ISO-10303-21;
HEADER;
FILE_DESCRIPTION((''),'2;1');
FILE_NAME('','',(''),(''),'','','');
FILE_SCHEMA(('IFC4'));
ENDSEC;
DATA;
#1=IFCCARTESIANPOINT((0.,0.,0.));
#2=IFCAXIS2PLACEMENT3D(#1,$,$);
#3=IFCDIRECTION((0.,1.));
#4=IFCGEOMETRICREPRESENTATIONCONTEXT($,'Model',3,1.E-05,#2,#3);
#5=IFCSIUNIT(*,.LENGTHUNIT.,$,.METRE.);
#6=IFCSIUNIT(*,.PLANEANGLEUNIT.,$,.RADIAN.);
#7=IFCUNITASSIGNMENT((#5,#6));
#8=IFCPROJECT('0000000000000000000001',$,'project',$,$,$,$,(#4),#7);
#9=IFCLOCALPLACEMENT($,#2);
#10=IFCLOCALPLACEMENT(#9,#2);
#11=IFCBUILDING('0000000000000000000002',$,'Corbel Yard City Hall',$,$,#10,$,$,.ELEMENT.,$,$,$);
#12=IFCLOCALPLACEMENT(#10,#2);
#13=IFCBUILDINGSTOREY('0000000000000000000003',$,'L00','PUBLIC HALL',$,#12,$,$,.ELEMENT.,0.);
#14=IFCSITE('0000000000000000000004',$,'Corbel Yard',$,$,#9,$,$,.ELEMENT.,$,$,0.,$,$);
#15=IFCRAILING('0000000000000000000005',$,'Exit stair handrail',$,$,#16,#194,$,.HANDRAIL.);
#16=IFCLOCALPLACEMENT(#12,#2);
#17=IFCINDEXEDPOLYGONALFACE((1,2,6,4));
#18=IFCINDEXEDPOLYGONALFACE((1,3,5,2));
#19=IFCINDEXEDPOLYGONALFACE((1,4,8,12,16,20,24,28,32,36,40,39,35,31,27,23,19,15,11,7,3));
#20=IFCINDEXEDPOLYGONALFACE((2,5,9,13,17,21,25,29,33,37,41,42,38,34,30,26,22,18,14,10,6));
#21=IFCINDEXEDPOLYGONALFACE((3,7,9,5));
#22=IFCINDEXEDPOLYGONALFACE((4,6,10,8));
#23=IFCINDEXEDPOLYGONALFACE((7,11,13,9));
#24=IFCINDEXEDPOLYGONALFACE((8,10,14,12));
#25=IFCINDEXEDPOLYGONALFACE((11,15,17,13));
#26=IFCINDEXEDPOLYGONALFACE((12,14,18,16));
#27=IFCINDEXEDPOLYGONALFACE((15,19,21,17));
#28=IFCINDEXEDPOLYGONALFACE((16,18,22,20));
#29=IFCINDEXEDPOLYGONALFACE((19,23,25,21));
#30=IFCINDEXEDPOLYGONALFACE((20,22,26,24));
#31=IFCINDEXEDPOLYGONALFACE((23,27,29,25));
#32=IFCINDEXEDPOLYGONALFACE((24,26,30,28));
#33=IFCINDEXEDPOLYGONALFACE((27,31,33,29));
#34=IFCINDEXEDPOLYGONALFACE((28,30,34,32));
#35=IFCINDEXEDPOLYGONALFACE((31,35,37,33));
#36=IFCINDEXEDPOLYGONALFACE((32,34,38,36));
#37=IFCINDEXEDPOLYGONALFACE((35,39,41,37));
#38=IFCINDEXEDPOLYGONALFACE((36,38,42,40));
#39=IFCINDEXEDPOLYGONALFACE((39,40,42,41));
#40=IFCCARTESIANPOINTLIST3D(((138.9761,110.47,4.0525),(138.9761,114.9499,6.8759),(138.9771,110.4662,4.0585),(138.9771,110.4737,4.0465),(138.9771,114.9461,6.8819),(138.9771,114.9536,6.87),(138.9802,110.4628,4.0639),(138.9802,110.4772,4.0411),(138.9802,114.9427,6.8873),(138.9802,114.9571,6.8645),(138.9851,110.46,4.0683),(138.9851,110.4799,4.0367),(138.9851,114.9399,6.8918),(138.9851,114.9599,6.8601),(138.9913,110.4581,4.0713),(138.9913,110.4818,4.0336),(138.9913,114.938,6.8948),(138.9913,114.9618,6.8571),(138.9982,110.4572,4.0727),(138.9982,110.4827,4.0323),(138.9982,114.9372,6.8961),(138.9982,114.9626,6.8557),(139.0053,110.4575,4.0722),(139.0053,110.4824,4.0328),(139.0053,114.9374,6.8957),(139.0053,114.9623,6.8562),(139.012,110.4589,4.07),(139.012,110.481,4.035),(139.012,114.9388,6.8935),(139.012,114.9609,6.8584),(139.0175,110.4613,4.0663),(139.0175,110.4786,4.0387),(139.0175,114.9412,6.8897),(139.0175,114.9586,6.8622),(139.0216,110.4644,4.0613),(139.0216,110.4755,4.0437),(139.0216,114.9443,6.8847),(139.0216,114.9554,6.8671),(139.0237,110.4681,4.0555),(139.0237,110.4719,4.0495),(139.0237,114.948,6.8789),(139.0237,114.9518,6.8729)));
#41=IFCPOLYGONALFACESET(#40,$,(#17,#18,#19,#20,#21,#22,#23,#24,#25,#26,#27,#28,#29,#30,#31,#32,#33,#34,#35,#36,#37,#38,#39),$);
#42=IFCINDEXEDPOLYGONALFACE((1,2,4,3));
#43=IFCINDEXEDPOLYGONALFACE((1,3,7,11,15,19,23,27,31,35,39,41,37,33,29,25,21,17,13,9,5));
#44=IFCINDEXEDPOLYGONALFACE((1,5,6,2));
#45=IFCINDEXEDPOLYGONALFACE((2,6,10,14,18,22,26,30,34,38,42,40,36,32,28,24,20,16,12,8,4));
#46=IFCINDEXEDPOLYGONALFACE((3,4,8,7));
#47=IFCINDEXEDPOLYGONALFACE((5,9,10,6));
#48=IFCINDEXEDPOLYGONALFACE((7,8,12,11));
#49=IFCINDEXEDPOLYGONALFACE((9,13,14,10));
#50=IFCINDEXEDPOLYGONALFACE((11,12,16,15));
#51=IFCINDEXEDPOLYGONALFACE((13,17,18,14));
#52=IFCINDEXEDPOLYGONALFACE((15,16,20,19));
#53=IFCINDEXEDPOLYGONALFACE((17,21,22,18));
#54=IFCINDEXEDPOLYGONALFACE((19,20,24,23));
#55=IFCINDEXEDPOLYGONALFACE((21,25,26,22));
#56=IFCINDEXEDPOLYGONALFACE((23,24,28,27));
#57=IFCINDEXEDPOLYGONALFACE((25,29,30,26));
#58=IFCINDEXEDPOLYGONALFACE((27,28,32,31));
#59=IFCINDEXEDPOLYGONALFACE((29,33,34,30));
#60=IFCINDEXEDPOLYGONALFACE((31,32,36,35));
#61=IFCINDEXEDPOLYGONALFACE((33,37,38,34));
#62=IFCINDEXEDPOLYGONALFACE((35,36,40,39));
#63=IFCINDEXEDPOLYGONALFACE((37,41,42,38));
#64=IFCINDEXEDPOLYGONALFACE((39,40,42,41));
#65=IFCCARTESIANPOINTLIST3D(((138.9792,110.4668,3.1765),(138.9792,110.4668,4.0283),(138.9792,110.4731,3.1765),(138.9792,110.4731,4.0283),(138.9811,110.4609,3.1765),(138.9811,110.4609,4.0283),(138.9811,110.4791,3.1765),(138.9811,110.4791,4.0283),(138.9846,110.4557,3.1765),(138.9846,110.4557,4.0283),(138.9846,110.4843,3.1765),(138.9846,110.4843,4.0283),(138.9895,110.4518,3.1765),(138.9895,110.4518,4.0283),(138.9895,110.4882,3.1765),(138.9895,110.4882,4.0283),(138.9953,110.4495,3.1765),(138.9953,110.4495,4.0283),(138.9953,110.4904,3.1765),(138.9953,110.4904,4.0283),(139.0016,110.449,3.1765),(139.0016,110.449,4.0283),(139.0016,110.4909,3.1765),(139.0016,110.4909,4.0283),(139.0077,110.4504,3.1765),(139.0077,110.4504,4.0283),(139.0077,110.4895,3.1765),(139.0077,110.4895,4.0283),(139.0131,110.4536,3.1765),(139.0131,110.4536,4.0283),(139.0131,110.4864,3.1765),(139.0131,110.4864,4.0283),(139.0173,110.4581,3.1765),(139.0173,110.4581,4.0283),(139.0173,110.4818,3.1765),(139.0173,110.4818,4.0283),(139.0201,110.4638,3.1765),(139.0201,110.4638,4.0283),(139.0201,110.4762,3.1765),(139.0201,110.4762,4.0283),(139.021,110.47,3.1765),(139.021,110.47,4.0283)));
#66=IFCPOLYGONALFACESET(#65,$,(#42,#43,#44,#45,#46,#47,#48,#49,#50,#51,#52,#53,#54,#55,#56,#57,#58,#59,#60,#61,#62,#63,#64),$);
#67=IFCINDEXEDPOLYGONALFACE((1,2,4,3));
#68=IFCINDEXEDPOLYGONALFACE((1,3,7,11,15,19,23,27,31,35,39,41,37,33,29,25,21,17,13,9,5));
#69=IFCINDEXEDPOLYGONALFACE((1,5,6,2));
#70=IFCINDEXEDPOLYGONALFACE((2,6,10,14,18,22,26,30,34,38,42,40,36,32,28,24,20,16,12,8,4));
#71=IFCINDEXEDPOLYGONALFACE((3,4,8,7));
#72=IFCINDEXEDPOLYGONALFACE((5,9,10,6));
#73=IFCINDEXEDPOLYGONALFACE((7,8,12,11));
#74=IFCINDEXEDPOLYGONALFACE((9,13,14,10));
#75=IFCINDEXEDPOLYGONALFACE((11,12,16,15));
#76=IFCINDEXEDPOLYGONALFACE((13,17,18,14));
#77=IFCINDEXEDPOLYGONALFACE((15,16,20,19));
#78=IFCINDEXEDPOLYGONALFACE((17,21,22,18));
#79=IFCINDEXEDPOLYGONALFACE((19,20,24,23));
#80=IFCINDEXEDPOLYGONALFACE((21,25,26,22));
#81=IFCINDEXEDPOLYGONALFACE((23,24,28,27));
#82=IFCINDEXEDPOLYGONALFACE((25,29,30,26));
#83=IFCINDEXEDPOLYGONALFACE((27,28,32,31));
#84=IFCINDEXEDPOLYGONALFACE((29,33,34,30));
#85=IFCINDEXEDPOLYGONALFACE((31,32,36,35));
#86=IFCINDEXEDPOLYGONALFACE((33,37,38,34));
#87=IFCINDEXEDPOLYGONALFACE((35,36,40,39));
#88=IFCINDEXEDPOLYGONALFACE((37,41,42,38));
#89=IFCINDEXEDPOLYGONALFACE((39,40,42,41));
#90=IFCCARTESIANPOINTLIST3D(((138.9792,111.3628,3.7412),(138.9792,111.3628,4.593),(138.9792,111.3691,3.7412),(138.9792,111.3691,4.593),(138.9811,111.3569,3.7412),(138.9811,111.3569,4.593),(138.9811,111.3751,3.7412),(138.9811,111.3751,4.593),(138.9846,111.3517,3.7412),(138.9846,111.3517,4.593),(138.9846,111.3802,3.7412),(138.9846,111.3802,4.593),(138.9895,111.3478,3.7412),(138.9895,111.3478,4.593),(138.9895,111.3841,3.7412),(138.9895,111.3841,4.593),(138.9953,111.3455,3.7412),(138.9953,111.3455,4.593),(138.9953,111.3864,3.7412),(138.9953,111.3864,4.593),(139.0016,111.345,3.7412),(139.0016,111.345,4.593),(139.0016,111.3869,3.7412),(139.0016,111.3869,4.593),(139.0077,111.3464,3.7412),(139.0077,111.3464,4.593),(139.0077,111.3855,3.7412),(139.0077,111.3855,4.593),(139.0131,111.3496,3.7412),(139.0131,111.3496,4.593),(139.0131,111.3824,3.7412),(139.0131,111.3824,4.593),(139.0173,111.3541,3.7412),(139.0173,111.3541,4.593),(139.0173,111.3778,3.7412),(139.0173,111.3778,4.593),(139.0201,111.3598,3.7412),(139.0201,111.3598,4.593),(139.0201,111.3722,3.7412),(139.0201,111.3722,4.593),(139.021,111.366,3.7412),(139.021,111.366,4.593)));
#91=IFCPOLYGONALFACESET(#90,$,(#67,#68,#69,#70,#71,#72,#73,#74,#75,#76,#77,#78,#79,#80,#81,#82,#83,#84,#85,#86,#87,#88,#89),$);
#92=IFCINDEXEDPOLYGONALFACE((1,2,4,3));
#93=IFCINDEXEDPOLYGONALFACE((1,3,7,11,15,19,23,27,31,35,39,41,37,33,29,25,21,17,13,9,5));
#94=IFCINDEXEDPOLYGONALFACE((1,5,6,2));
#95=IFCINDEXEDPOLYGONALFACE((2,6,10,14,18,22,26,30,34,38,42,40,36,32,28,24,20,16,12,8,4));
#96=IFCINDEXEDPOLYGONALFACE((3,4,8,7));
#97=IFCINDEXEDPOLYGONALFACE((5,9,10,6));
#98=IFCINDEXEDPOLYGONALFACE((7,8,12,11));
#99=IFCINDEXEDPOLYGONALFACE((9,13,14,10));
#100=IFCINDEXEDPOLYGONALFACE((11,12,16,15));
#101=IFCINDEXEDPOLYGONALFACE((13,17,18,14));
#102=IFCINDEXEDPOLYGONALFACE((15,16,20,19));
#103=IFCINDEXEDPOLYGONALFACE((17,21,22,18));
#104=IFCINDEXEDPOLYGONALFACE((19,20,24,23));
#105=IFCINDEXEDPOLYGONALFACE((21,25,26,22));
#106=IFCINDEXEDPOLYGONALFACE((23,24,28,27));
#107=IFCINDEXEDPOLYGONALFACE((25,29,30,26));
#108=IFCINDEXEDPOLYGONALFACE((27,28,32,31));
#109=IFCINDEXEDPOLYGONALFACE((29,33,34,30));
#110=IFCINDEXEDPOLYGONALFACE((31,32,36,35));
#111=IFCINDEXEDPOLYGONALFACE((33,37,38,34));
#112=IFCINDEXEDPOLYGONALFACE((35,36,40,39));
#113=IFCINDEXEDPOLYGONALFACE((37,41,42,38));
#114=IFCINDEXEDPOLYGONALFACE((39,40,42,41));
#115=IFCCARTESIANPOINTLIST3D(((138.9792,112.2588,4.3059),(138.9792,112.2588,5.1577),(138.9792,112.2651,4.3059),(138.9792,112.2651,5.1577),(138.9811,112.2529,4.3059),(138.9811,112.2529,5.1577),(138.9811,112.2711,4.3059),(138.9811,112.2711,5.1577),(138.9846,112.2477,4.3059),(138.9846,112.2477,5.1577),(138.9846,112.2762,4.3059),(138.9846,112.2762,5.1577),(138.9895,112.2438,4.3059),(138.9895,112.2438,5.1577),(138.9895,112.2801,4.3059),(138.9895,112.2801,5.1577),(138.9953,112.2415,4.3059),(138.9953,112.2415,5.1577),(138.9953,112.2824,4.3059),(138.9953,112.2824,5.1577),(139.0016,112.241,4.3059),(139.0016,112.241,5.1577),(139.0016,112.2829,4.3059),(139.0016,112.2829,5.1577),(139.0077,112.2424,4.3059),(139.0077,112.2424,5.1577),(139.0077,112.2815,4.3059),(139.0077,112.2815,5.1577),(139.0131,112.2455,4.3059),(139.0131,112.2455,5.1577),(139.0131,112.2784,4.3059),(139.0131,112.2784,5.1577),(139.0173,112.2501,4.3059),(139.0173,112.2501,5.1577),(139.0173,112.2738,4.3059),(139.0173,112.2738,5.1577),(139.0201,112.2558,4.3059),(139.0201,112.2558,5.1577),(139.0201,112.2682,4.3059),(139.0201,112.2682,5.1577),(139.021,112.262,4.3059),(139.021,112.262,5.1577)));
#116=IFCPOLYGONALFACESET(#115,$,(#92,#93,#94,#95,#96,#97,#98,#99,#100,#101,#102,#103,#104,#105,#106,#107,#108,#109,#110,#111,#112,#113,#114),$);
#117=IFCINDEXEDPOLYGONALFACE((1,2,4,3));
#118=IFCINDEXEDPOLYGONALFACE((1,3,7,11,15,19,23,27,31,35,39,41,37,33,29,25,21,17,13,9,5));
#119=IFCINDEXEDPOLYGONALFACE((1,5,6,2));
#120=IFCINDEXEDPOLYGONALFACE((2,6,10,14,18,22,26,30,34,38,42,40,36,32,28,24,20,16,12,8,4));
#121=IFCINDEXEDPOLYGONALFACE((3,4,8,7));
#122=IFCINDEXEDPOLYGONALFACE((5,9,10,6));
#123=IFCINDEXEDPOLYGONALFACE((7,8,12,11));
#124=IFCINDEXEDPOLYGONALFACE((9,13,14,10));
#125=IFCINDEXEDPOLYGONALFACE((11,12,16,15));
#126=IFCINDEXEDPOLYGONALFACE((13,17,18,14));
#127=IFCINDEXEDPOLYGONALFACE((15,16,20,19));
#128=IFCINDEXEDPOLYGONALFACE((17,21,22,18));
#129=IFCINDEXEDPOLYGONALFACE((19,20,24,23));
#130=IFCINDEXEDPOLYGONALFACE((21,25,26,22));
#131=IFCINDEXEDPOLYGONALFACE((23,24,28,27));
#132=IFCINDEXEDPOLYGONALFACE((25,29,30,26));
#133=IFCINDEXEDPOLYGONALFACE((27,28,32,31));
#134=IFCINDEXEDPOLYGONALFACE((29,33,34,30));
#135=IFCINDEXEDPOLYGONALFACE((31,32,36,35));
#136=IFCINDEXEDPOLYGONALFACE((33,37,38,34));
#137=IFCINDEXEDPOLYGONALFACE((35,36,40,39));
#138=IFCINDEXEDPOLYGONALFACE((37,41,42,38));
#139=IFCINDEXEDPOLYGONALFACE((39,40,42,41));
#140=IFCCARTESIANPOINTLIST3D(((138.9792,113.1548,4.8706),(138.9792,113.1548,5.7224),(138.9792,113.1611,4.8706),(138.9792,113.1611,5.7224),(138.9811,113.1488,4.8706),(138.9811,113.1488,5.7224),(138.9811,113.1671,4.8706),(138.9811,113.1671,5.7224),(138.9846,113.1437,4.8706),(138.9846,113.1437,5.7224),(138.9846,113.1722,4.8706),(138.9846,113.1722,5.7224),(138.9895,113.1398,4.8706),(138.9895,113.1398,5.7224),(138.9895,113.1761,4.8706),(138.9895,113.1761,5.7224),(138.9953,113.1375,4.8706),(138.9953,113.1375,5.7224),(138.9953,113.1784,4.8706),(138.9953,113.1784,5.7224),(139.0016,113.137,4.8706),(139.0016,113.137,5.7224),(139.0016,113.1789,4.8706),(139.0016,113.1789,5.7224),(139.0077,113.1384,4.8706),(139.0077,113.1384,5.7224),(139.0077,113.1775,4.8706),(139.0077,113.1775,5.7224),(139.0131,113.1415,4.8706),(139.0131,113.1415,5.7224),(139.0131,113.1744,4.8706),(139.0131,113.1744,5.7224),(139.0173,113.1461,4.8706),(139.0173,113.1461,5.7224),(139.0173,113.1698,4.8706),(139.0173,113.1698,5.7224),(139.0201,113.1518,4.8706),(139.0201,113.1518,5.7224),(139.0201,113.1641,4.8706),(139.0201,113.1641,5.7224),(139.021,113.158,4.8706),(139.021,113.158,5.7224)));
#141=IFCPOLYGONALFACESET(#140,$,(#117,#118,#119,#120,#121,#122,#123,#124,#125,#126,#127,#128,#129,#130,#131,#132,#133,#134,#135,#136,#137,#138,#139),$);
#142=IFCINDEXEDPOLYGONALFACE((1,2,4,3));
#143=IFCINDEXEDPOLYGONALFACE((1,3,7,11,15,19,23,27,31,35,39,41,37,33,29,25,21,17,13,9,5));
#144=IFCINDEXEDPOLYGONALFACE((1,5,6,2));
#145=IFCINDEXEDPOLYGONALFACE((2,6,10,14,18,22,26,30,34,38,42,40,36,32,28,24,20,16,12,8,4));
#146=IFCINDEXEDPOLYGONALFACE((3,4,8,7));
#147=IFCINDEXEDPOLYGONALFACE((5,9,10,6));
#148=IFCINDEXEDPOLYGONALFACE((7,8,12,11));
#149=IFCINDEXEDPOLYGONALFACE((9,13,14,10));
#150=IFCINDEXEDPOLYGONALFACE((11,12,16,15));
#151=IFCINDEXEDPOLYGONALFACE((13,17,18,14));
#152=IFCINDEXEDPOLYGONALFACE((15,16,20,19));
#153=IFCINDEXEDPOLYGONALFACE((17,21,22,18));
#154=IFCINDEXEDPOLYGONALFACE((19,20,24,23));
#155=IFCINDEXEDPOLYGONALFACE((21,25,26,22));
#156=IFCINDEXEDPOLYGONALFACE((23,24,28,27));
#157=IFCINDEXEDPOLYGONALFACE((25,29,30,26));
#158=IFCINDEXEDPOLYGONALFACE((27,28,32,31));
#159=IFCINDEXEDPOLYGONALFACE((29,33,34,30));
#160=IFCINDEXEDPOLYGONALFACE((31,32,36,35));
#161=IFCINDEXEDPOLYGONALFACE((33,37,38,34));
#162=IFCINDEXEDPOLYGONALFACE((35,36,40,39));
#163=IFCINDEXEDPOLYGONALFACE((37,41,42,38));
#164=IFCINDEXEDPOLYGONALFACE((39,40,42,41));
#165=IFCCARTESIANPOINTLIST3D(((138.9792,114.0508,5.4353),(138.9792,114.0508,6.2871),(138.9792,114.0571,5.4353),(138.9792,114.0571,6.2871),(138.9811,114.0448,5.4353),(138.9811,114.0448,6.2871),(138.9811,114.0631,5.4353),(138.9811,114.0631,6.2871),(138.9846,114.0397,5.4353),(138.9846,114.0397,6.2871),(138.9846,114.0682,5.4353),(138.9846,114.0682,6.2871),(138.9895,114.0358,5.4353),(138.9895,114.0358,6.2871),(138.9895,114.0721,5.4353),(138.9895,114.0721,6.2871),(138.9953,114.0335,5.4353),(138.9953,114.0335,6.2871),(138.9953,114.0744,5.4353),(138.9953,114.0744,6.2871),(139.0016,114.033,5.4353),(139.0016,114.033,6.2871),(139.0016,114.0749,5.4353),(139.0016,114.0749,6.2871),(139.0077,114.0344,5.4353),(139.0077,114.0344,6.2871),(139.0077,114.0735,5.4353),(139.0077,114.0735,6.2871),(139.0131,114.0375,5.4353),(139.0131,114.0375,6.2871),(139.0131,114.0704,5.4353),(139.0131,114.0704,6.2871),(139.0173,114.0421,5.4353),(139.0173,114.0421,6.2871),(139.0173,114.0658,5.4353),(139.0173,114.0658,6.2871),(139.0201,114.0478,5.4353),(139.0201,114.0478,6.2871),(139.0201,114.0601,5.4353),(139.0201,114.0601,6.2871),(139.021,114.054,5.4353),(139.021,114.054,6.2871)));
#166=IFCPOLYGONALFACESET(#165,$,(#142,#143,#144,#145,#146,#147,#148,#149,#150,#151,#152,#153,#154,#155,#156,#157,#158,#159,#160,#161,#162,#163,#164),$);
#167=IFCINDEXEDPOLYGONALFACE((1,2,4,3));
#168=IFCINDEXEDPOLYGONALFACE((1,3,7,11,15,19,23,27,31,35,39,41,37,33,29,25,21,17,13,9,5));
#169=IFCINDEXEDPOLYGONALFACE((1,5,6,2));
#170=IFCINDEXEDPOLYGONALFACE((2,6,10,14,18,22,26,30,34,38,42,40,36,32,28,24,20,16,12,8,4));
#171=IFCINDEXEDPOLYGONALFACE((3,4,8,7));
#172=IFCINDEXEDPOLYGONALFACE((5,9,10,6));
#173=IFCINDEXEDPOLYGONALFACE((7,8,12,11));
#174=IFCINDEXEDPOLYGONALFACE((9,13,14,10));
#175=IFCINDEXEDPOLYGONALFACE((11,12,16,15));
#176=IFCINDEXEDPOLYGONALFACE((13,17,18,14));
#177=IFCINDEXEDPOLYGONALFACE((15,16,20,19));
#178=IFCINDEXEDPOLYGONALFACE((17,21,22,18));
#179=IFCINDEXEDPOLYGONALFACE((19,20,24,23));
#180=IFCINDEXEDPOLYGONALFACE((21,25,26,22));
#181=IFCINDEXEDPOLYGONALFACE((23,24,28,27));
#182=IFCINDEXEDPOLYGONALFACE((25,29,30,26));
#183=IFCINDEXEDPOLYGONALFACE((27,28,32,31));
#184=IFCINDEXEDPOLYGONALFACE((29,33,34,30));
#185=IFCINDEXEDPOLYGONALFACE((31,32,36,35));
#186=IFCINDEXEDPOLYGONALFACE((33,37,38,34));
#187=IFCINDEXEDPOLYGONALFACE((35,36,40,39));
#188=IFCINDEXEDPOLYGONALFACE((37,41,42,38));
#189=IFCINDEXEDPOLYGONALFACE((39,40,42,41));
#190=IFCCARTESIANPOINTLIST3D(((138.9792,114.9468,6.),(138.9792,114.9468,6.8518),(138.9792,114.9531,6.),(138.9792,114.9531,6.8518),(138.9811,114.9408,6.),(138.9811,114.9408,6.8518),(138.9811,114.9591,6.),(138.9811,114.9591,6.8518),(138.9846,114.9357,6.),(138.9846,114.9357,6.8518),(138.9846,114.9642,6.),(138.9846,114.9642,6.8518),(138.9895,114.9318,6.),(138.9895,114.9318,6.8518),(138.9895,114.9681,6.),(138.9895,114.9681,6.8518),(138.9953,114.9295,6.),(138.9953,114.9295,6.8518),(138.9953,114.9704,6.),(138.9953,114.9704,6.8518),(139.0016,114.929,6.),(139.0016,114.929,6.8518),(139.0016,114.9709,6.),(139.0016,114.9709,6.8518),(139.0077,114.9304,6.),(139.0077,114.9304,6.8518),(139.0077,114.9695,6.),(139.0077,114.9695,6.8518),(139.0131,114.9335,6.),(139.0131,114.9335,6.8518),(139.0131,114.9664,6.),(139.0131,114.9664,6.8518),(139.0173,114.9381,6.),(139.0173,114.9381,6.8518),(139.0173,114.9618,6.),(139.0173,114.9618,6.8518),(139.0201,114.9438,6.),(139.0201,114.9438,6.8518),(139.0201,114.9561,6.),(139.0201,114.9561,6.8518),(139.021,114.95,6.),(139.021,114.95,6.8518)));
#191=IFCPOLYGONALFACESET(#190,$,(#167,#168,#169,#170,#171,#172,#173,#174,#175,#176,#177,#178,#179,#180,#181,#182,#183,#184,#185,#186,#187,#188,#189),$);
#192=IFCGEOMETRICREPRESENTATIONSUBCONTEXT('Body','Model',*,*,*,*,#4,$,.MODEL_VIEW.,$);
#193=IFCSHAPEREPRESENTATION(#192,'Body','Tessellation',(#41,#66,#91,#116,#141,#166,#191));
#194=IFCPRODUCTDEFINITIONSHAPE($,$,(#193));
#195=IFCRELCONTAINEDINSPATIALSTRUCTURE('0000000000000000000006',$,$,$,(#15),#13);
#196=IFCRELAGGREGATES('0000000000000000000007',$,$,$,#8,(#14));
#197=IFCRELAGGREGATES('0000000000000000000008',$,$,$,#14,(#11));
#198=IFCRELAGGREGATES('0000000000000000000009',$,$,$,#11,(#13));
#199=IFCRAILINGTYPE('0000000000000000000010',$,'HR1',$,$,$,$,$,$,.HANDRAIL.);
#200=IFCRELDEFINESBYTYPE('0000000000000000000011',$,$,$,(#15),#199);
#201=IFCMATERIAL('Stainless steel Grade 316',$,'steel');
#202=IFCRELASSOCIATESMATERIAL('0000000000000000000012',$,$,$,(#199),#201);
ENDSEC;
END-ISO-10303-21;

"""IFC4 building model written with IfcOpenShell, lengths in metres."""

from ifc_helpers import new_model, si_unit, direction, frame, origin, origin_2d, place, context, subcontext, project, spatial, circle, extrude, material, type_object, element, save


model = new_model("IFC4")

# Units and contexts
model_context = context("Model", 3, precision=1e-05, world=origin(), true_north=direction((0.0, 1.0)))
body_context = subcontext(model_context, "Body", "Model", "MODEL_VIEW")
ifc_project = project(units=[si_unit("LENGTHUNIT", "METRE"), si_unit("PLANEANGLEUNIT", "RADIAN")], contexts=[model_context])

# Site, building, storey
site_placement = place(None, origin())
site = spatial("IfcSite", under=ifc_project, at=site_placement, Name="Corbel Yard", CompositionType="ELEMENT", RefElevation=0.0)
building_placement = place(site_placement, origin())
building = spatial("IfcBuilding", under=site, at=building_placement, Name="Corbel Yard City Hall", CompositionType="ELEMENT")
storey_placement = place(building_placement, origin())
storey = spatial("IfcBuildingStorey", under=building, at=storey_placement, Name="L00", Description="PUBLIC HALL", CompositionType="ELEMENT", Elevation=0.0)

# Shared definitions
ifc_material_1 = material(Name="Stainless steel Grade 316", Category="steel")

# Railing
railing_type = type_object("IfcRailingType", Name="HR1", PredefinedType="HANDRAIL", material=ifc_material_1)
railing_placement = place(storey_placement, frame((139.0, 110.47, 3.1765)))
element("IfcRailing", 1, at=railing_placement, inside=storey, type_object=railing_type, Name="Exit stair handrail", PredefinedType="HANDRAIL", context=body_context, shape_type="SweptSolid", body=[
    extrude(circle(Radius=0.0239, at=origin_2d()), frame((0.0, 0.0, 0.876), z_axis=(0.0, 0.845998, 0.533186), x_axis=(-1.0, 0.0, 0.0)), (0.0, 0.0, 1.0), 5.2954),
    extrude(circle(Radius=0.021, at=origin_2d()), origin(), (0.0, 0.0, 1.0), 0.8518),
    extrude(circle(Radius=0.021, at=origin_2d()), frame((0.0, 0.896, 0.5647)), (0.0, 0.0, 1.0), 0.8518),
    extrude(circle(Radius=0.021, at=origin_2d()), frame((0.0, 1.792, 1.1294)), (0.0, 0.0, 1.0), 0.8518),
    extrude(circle(Radius=0.021, at=origin_2d()), frame((0.0, 2.688, 1.6941)), (0.0, 0.0, 1.0), 0.8518),
    extrude(circle(Radius=0.021, at=origin_2d()), frame((0.0, 3.584, 2.2588)), (0.0, 0.0, 1.0), 0.8518),
    extrude(circle(Radius=0.021, at=origin_2d()), frame((0.0, 4.48, 2.8235)), (0.0, 0.0, 1.0), 0.8518),
])

save(model, "model.ifc")
